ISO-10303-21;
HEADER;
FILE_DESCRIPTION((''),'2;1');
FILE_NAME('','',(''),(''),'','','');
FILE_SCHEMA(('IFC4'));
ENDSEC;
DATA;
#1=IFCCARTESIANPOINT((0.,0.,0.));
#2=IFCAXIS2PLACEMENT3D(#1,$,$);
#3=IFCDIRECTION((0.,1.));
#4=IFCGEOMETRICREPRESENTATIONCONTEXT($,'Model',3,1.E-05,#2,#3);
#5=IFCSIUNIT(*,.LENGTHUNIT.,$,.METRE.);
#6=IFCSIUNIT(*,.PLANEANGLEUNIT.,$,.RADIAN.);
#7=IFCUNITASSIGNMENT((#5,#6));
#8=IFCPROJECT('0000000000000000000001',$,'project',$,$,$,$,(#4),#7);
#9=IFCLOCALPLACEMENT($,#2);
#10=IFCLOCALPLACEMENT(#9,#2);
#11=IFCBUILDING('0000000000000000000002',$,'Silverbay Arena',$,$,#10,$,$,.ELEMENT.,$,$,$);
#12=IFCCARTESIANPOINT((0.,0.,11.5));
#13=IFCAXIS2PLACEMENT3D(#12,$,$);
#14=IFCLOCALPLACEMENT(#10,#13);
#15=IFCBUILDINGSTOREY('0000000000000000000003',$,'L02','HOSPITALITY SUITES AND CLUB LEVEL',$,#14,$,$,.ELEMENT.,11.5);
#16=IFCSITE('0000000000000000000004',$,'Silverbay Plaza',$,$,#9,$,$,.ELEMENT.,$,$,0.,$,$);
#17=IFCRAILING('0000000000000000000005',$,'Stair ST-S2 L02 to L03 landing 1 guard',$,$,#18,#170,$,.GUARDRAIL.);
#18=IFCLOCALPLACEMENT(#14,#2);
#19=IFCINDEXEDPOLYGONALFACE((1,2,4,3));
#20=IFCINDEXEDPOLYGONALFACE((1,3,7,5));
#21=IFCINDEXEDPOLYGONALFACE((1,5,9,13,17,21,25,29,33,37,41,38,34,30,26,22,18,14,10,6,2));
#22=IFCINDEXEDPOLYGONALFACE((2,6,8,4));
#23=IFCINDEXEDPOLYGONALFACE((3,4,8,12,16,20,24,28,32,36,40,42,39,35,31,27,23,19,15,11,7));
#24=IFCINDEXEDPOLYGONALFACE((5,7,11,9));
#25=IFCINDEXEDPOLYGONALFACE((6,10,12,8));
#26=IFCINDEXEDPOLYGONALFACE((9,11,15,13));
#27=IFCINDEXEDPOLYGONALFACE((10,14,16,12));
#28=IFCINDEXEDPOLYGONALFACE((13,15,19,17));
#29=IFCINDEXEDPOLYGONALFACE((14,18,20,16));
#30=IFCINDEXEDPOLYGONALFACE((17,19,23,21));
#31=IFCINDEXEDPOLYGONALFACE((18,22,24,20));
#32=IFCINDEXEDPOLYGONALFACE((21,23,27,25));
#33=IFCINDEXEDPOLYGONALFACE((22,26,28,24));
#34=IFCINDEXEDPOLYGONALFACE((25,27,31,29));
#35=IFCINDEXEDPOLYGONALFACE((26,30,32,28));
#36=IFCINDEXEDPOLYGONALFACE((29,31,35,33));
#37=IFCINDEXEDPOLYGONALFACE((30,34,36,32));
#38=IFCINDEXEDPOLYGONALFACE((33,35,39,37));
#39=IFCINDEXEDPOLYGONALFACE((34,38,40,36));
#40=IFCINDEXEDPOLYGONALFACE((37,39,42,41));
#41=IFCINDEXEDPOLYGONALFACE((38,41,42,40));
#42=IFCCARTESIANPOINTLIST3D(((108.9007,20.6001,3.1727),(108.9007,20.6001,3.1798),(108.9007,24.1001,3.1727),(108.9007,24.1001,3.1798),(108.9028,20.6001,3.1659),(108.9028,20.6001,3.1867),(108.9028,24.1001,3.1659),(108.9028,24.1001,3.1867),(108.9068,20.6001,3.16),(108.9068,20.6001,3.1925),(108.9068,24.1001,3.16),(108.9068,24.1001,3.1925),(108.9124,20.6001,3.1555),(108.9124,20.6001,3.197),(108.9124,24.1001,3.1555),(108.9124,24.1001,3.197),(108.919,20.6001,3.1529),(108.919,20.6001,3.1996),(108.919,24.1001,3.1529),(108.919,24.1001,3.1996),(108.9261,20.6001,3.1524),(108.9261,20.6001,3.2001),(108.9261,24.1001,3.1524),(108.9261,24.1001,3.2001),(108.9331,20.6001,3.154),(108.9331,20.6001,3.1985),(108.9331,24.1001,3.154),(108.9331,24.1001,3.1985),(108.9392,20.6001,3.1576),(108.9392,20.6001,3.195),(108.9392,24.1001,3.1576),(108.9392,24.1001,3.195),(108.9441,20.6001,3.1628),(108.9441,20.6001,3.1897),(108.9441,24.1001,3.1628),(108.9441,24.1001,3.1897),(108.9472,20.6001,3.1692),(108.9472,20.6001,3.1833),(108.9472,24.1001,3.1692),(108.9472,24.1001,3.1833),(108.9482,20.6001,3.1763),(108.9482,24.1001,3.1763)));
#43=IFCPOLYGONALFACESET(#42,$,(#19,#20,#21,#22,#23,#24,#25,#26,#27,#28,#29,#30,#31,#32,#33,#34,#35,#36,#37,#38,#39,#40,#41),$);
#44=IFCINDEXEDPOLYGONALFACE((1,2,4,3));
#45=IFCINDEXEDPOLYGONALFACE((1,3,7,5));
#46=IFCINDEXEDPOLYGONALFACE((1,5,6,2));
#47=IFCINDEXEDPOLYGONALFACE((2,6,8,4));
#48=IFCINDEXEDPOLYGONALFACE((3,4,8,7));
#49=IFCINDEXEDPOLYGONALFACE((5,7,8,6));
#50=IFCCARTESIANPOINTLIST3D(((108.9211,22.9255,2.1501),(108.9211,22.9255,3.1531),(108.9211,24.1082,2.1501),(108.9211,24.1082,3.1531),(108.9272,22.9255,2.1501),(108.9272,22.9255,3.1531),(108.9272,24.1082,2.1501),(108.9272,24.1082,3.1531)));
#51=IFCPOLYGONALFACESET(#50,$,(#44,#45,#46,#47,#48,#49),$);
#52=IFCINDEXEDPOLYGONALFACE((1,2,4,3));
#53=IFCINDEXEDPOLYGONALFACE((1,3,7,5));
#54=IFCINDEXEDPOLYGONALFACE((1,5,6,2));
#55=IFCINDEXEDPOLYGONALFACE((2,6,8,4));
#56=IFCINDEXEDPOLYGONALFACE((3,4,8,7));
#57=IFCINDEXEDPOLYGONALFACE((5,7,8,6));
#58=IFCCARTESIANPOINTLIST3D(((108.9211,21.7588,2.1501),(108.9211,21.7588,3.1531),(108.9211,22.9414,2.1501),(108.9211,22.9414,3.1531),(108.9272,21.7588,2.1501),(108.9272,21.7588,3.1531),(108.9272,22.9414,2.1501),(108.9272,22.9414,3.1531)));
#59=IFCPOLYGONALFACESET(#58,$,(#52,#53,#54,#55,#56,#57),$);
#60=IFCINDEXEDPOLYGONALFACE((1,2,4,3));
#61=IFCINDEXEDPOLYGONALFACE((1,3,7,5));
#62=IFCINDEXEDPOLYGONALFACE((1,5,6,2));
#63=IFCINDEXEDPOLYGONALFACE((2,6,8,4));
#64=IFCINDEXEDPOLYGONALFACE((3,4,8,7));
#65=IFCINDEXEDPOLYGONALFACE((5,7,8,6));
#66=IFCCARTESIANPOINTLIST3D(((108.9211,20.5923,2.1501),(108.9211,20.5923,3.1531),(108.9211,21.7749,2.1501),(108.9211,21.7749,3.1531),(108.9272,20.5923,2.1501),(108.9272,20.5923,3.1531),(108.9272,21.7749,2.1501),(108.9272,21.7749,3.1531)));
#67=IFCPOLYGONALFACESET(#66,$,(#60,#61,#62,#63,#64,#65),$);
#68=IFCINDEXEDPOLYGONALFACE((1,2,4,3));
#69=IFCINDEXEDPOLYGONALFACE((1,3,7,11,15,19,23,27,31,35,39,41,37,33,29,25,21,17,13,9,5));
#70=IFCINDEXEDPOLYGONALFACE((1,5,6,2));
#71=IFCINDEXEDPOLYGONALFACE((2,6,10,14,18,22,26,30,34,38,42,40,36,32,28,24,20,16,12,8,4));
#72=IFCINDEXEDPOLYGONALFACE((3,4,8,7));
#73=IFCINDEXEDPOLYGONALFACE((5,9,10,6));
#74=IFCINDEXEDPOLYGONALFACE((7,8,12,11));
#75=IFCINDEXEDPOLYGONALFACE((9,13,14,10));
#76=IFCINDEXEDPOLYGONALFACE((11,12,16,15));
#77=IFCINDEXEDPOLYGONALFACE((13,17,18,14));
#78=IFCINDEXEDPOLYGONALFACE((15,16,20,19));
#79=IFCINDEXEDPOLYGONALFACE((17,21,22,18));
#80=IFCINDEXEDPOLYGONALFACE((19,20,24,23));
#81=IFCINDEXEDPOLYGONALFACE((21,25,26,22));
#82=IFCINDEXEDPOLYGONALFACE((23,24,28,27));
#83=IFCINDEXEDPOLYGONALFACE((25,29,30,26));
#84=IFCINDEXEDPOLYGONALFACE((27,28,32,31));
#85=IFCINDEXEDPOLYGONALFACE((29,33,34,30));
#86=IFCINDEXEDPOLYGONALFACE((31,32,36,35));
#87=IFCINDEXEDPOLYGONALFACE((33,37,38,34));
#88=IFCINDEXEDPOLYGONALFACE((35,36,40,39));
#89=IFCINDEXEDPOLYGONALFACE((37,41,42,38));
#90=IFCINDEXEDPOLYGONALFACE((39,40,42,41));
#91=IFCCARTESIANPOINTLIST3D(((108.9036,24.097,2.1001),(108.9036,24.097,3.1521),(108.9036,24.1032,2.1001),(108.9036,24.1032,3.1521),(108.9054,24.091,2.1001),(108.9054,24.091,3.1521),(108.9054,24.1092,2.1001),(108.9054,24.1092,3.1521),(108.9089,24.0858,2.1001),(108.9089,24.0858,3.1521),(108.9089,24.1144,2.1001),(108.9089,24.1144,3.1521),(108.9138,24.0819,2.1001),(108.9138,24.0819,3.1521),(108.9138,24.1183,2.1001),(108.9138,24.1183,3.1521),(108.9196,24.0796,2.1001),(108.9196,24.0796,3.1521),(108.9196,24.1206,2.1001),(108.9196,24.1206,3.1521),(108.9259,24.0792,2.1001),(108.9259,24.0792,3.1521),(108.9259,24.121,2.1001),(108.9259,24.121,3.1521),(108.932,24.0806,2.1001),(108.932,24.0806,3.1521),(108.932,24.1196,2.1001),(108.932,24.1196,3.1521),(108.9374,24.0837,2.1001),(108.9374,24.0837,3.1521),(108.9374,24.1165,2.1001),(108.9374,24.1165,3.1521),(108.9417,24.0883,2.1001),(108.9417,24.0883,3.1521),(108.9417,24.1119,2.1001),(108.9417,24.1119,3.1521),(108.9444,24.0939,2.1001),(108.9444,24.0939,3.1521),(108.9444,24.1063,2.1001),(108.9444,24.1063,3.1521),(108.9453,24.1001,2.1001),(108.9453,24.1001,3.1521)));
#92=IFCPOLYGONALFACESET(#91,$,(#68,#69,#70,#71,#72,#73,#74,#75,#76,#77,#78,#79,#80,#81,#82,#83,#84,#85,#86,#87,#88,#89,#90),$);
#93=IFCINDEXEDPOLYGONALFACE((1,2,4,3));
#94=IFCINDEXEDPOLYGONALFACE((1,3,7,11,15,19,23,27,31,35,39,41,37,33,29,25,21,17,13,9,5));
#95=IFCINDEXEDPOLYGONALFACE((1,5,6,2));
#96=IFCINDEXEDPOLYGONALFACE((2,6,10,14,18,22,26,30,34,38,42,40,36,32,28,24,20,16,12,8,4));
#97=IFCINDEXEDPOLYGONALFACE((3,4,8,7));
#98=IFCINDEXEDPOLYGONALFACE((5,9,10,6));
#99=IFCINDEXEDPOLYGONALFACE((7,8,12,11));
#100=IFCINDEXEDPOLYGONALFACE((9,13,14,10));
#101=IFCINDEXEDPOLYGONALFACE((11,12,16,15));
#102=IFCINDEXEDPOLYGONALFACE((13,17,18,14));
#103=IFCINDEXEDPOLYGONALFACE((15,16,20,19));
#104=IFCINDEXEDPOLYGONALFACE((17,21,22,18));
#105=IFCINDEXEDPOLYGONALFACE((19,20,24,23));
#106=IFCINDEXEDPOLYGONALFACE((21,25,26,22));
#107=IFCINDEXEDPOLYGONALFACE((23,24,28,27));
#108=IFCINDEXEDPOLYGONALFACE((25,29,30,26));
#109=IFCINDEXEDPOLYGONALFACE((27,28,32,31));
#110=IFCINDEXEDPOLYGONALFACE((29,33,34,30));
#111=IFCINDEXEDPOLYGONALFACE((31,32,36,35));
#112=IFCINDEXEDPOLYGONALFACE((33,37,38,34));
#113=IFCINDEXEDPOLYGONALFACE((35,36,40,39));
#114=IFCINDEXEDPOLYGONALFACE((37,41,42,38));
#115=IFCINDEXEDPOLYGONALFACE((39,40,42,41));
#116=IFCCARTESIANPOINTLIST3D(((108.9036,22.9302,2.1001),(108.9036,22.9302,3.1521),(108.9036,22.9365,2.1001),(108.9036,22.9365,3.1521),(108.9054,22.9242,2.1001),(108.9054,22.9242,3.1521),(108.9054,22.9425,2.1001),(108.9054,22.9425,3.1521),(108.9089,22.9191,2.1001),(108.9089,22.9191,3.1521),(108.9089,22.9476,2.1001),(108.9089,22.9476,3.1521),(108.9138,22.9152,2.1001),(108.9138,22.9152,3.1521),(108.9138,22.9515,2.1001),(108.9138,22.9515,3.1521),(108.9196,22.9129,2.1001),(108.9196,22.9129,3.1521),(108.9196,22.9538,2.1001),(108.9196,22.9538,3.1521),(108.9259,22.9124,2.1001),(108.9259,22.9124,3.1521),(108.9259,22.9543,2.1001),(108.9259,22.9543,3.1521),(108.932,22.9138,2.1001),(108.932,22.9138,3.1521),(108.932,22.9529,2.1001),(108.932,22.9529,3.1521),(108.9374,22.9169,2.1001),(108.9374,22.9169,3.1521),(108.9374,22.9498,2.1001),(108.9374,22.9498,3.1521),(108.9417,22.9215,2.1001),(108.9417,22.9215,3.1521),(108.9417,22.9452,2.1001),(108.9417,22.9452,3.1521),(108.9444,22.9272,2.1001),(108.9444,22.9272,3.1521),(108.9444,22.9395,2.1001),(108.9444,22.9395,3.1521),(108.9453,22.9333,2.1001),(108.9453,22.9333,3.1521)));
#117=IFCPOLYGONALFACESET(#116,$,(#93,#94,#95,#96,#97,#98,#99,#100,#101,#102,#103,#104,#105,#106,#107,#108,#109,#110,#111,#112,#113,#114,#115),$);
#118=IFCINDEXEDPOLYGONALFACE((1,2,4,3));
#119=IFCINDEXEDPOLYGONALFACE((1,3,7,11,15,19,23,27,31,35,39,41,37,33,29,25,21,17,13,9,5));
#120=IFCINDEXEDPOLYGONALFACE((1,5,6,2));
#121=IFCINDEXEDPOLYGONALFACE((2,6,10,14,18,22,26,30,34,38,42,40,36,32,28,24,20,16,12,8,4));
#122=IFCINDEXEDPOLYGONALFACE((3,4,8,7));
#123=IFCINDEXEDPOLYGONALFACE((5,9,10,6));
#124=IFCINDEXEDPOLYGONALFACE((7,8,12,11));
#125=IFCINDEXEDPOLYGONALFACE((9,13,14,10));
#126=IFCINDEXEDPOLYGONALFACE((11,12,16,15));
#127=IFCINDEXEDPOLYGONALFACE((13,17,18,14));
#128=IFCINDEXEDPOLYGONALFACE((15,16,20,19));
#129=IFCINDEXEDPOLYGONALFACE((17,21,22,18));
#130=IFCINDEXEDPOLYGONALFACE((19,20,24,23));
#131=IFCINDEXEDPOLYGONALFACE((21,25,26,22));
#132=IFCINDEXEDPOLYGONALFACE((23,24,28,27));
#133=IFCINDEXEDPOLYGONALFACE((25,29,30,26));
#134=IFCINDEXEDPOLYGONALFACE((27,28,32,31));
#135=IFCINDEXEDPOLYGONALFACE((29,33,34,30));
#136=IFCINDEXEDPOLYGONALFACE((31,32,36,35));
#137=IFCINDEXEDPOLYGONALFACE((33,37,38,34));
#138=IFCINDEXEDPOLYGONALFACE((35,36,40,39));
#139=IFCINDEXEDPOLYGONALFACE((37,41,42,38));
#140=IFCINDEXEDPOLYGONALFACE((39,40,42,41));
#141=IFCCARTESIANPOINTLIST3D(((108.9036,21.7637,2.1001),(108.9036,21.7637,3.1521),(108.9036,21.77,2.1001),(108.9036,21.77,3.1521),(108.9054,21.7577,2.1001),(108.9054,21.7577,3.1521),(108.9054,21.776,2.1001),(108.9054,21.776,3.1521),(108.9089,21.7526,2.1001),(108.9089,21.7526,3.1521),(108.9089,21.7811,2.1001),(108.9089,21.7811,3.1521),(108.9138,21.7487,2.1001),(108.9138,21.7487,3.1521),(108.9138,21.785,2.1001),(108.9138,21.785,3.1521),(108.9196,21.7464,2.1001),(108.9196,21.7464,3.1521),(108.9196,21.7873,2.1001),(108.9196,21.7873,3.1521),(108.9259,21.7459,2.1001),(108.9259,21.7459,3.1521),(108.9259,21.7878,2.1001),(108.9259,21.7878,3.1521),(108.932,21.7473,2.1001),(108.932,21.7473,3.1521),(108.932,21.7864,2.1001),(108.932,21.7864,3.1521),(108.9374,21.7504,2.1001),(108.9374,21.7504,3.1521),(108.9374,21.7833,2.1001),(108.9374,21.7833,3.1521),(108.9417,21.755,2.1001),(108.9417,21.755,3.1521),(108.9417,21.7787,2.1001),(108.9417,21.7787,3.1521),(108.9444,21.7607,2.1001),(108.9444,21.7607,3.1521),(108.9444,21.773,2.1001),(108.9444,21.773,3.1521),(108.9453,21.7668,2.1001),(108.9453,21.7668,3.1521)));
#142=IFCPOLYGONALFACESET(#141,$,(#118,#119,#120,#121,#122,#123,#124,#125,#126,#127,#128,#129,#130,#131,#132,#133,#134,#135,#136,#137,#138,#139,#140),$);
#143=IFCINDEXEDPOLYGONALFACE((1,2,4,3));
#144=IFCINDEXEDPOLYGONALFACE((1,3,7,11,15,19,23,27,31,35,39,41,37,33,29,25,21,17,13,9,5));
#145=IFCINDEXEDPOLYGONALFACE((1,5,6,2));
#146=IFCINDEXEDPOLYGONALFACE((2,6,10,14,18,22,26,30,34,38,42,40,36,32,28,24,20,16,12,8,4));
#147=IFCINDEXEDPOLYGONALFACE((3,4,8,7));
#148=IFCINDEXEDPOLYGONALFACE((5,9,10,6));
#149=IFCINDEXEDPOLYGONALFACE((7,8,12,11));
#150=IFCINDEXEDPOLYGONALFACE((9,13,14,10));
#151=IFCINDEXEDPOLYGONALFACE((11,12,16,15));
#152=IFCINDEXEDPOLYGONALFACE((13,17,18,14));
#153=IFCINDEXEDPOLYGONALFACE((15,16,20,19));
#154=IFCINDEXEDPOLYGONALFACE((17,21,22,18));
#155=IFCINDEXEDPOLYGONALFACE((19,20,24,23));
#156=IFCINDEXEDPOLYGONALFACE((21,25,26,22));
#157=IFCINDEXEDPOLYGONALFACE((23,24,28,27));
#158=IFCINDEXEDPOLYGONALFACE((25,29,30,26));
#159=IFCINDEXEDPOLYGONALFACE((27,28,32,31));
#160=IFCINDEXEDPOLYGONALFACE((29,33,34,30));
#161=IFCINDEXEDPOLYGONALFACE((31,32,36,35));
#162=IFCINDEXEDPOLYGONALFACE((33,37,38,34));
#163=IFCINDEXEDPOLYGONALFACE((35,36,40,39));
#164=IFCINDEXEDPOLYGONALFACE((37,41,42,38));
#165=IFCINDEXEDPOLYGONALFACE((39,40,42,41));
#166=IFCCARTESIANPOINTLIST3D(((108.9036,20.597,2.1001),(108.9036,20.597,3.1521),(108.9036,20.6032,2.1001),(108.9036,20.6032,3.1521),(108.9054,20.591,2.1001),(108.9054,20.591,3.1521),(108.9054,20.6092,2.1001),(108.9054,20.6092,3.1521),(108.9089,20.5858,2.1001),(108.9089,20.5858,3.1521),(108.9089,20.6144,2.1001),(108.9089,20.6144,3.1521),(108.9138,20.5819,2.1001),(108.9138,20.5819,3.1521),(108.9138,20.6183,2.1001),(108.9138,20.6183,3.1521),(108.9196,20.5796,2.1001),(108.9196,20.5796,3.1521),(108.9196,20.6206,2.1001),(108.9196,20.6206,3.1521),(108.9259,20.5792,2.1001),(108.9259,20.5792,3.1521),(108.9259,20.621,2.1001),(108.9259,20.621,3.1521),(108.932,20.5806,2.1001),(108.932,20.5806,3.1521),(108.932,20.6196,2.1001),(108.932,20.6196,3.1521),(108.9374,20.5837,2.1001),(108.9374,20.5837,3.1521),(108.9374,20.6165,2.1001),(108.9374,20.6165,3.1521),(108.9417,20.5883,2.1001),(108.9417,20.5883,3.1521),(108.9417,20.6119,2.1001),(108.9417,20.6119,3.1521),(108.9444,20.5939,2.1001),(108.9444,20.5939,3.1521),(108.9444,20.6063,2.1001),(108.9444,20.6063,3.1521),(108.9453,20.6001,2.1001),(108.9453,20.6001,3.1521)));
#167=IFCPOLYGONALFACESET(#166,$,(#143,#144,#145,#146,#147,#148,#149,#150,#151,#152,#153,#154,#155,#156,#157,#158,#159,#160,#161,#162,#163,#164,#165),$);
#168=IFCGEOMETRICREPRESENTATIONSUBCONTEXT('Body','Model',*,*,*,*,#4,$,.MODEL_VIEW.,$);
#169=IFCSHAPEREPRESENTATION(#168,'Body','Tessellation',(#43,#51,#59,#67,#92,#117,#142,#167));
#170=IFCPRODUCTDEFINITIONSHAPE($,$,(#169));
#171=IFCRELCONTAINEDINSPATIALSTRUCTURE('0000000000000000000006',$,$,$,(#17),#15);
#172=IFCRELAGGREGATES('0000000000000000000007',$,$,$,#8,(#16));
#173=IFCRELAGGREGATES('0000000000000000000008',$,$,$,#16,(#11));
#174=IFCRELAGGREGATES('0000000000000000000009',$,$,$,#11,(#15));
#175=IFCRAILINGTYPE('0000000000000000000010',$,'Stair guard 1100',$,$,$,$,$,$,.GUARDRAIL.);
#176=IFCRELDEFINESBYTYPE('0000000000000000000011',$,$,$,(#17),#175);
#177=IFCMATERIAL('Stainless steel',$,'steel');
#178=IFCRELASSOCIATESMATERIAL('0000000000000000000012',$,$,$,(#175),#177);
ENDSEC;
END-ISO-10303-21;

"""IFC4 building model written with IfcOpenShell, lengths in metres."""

from ifc_helpers import new_model, si_unit, direction, frame, origin, origin_2d, place, context, subcontext, project, spatial, polyline, circle, outline, extrude, material, type_object, element, save


model = new_model("IFC4")

# Units and contexts
model_context = context("Model", 3, precision=1e-05, world=origin(), true_north=direction((0.0, 1.0)))
body_context = subcontext(model_context, "Body", "Model", "MODEL_VIEW")
ifc_project = project(units=[si_unit("LENGTHUNIT", "METRE"), si_unit("PLANEANGLEUNIT", "RADIAN")], contexts=[model_context])

# Site, building, storey
site_placement = place(None, origin())
site = spatial("IfcSite", under=ifc_project, at=site_placement, Name="Silverbay Plaza", CompositionType="ELEMENT", RefElevation=0.0)
building_placement = place(site_placement, origin())
building = spatial("IfcBuilding", under=site, at=building_placement, Name="Silverbay Arena", CompositionType="ELEMENT")
storey_placement = place(building_placement, frame((0.0, 0.0, 11.5)))
storey = spatial("IfcBuildingStorey", under=building, at=storey_placement, Name="L02", Description="HOSPITALITY SUITES AND CLUB LEVEL", CompositionType="ELEMENT", Elevation=11.5)

# Railing
ifc_material_1 = material(Name="Stainless steel", Category="steel")
railing_type_1 = type_object("IfcRailingType", Name="Stair guard 1100", PredefinedType="GUARDRAIL", material=ifc_material_1)
for number, where, name in (
    (1, (108.9243, 24.1001, 2.1001), "Stair ST-S2 L02 to L03 landing 1 guard"),
):
    element("IfcRailing", number, at=place(storey_placement, frame(where)), inside=storey, type_object=railing_type_1, Name=name, PredefinedType="GUARDRAIL", context=body_context, shape_type="SweptSolid", body=[
        extrude(circle(Radius=0.0239, at=origin_2d()), frame((0.0, 0.0, 1.0762), z_axis=(0.0, -1.0, 0.0), x_axis=(1.0, 0.0, 0.0)), (0.0, 0.0, 1.0), 3.5),
        extrude(outline(polyline([(-0.0081, 0.05), (1.1746, 0.05), (1.1746, 1.053), (-0.0081, 1.053), (-0.0081, 0.05)])), frame((0.0029, 0.0, 0.0), z_axis=(-1.0, 0.0, 0.0), x_axis=(0.0, -1.0, 0.0)), (0.0, 0.0, 1.0), 0.0061),
        extrude(outline(polyline([(-0.0081, 0.05), (1.1746, 0.05), (1.1746, 1.053), (-0.0081, 1.053), (-0.0081, 0.05)])), frame((0.0029, -1.1667, 0.0), z_axis=(-1.0, 0.0, 0.0), x_axis=(0.0, -1.0, 0.0)), (0.0, 0.0, 1.0), 0.0061),
        extrude(outline(polyline([(-0.0081, 0.05), (1.1746, 0.05), (1.1746, 1.053), (-0.0081, 1.053), (-0.0081, 0.05)])), frame((0.0029, -2.3333, 0.0), z_axis=(-1.0, 0.0, 0.0), x_axis=(0.0, -1.0, 0.0)), (0.0, 0.0, 1.0), 0.0061),
        extrude(circle(Radius=0.021, at=origin_2d()), origin(), (0.0, 0.0, 1.0), 1.052),
        extrude(circle(Radius=0.021, at=origin_2d()), frame((0.0, -1.1667, 0.0)), (0.0, 0.0, 1.0), 1.052),
        extrude(circle(Radius=0.021, at=origin_2d()), frame((0.0, -2.3333, 0.0)), (0.0, 0.0, 1.0), 1.052),
        extrude(circle(Radius=0.021, at=origin_2d()), frame((0.0, -3.5, 0.0)), (0.0, 0.0, 1.0), 1.052),
    ])

save(model, "model.ifc")
